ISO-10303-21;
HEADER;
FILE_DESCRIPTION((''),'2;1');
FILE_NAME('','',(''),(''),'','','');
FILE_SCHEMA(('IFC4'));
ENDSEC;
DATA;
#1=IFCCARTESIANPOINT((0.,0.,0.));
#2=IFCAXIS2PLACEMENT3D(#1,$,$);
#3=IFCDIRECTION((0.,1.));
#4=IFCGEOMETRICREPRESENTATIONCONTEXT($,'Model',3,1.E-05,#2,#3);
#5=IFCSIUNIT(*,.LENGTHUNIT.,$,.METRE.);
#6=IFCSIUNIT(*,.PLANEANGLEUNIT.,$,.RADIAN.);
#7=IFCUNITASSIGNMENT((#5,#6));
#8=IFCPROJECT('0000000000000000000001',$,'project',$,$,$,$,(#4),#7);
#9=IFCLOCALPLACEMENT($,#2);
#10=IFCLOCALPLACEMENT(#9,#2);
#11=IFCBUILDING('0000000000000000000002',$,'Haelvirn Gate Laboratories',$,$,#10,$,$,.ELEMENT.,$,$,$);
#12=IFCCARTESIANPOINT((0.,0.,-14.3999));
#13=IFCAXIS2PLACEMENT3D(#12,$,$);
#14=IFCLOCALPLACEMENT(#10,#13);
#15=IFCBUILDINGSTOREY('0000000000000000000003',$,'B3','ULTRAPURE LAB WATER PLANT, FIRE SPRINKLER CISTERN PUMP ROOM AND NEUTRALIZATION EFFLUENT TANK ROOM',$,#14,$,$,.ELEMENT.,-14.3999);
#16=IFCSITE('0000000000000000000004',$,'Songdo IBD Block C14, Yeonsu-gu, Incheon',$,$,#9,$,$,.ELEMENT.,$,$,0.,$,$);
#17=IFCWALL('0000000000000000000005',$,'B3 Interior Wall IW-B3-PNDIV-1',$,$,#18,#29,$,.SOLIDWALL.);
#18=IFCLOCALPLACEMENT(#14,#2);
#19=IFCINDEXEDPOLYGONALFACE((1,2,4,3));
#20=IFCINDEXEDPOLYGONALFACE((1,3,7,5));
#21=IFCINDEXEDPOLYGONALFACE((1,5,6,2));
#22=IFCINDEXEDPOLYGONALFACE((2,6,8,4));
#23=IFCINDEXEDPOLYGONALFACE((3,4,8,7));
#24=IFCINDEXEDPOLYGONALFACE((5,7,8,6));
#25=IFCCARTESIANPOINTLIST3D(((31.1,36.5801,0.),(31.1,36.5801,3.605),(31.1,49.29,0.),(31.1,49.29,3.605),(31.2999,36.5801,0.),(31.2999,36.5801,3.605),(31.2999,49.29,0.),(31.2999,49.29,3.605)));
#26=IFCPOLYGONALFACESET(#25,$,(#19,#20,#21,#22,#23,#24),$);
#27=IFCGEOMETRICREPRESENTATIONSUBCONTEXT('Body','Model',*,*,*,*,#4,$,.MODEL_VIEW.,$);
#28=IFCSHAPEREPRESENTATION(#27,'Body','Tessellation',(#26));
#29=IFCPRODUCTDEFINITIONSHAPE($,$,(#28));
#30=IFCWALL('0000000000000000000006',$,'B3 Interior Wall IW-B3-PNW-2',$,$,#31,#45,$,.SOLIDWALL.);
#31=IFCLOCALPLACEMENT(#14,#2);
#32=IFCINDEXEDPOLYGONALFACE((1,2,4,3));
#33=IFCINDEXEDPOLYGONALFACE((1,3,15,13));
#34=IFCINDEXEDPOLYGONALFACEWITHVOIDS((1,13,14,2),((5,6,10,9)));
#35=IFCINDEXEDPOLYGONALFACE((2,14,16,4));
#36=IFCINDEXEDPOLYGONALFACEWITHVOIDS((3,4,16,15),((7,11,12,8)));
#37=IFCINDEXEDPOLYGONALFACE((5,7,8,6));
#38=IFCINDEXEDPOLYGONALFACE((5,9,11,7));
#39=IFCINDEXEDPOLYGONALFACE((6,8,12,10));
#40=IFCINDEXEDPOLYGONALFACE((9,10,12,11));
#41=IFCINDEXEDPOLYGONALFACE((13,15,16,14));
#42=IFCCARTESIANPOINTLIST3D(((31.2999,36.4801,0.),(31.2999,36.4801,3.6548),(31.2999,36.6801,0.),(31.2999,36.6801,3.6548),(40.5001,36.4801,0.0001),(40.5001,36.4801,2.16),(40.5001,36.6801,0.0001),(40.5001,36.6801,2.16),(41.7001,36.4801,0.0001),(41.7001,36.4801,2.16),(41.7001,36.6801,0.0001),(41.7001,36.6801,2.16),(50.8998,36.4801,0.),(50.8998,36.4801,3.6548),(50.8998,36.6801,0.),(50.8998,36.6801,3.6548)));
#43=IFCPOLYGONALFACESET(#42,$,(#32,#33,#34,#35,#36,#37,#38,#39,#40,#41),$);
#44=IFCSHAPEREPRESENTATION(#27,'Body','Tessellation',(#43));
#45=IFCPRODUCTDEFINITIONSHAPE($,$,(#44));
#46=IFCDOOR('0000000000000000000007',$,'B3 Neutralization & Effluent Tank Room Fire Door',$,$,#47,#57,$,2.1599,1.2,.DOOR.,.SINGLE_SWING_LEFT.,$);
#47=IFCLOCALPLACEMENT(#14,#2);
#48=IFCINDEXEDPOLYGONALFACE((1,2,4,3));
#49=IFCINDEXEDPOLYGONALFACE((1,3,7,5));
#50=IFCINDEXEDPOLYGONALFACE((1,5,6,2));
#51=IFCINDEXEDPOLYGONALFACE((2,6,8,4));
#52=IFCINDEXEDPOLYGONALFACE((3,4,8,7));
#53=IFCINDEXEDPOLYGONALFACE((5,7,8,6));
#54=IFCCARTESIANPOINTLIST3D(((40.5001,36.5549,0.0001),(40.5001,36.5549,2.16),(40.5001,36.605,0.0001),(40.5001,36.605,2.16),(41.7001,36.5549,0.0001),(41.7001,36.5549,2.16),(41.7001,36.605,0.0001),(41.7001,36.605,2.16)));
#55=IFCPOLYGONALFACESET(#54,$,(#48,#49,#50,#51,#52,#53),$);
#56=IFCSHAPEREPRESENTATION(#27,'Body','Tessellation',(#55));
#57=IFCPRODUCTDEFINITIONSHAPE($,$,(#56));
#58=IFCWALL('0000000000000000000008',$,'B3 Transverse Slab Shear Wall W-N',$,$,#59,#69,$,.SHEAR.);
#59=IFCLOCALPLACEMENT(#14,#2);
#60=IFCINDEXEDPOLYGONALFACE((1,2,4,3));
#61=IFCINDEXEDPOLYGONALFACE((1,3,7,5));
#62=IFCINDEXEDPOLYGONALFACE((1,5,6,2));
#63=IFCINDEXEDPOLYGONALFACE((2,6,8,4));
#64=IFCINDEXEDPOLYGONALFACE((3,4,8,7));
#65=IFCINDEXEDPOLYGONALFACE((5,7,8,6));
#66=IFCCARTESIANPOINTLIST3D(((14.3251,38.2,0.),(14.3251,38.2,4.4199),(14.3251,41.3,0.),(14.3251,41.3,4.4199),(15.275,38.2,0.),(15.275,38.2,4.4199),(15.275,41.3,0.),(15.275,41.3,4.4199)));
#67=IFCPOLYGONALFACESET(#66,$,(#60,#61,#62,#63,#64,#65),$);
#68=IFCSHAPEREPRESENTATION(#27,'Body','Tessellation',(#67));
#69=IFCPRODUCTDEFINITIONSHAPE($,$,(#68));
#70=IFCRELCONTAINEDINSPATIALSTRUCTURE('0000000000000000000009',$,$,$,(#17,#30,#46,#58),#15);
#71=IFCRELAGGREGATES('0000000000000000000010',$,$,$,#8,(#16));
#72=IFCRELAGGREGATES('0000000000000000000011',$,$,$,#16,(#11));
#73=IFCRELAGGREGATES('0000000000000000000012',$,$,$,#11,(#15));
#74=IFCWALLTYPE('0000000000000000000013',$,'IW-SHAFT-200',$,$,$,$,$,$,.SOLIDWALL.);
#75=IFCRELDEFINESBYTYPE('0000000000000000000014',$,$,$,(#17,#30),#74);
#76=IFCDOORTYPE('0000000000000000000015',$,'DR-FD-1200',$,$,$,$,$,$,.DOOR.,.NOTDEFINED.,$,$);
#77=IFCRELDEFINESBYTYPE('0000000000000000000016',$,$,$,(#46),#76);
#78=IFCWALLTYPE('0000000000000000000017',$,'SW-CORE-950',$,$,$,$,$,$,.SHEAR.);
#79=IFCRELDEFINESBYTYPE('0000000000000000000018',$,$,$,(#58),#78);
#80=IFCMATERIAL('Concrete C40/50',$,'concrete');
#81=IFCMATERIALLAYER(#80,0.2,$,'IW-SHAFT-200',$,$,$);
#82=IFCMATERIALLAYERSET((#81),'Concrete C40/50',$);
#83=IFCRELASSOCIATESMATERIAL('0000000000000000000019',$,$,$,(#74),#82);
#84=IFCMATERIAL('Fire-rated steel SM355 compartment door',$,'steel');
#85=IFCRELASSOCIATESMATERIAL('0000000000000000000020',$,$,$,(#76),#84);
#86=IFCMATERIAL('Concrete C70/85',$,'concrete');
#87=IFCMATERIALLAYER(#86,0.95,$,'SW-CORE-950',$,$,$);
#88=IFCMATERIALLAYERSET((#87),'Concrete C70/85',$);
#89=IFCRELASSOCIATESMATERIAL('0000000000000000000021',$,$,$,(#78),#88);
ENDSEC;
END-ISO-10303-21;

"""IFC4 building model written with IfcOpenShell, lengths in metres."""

from ifc_helpers import new_model, si_unit, direction, frame, frame_2d, origin, place, context, subcontext, project, spatial, rectangle, extrude, source, transform, mapped, material, layer, layer_set, type_object, type_shapes, element, fill, save


model = new_model("IFC4")

# Units and contexts
model_context = context("Model", 3, precision=1e-05, world=origin(), true_north=direction((0.0, 1.0)))
body_context = subcontext(model_context, "Body", "Model", "MODEL_VIEW")
ifc_project = project(units=[si_unit("LENGTHUNIT", "METRE"), si_unit("PLANEANGLEUNIT", "RADIAN")], contexts=[model_context])

# Site, building, storey
site_placement = place(None, origin())
site = spatial("IfcSite", under=ifc_project, at=site_placement, Name="Songdo IBD Block C14, Yeonsu-gu, Incheon", CompositionType="ELEMENT", RefElevation=0.0)
building_placement = place(site_placement, origin())
building = spatial("IfcBuilding", under=site, at=building_placement, Name="Haelvirn Gate Laboratories", CompositionType="ELEMENT")
storey_placement = place(building_placement, frame((0.0, 0.0, -14.3999)))
storey = spatial("IfcBuildingStorey", under=building, at=storey_placement, Name="B3", Description="ULTRAPURE LAB WATER PLANT, FIRE SPRINKLER CISTERN PUMP ROOM AND NEUTRALIZATION EFFLUENT TANK ROOM", CompositionType="ELEMENT", Elevation=-14.3999)

# Shared definitions
ifc_material_1 = material(Name="Concrete C70/85", Category="concrete")

# Wall
ifc_material_2 = material(Name="Concrete C40/50", Category="concrete")
ifc_layer_1 = layer(ifc_material_2, 0.2, Name="IW-SHAFT-200")
ifc_layer_set_1 = layer_set([ifc_layer_1], Name="Concrete C40/50")
wall_type_1 = type_object("IfcWallType", Name="IW-SHAFT-200", PredefinedType="SOLIDWALL", material=ifc_layer_set_1)
wall_1_placement = place(storey_placement, frame((31.2, 36.5801, 0.0), z_axis=(0.0, 0.0, 1.0), x_axis=(0.0, 1.0, 0.0)))
element("IfcWall", 1, at=wall_1_placement, inside=storey, type_object=wall_type_1, Name="B3 Interior Wall IW-B3-PNDIV-1", PredefinedType="SOLIDWALL", context=body_context, shape_type="SweptSolid", body=[
    extrude(rectangle(XDim=12.71, YDim=0.2, at=frame_2d((6.355, 0.0))), origin(), (0.0, 0.0, 1.0), 3.605),
])

# Wall, opening, door
wall_2_placement = place(storey_placement, frame((31.3, 36.5801, 0.0), z_axis=(0.0, 0.0, 1.0), x_axis=(1.0, 0.0, 0.0)))
wall_2 = element("IfcWall", 2, at=wall_2_placement, inside=storey, type_object=wall_type_1, Name="B3 Interior Wall IW-B3-PNW-2", PredefinedType="SOLIDWALL", context=body_context, shape_type="SweptSolid", body=[
    extrude(rectangle(XDim=19.5999, YDim=0.2, at=frame_2d((9.7998, 0.0))), origin(), (0.0, 0.0, 1.0), 3.6548),
])
opening_placement = place(wall_2_placement, frame((9.2, 0.0, 0.0)))
opening = element("IfcOpeningElement", 3, at=opening_placement, cuts=wall_2, PredefinedType="OPENING", context=body_context, shape_type="SweptSolid", body=[
    extrude(rectangle(XDim=1.2, YDim=2.1599, at=frame_2d((0.6001, 1.0801))), frame((0.0, 0.1099, 0.0), z_axis=(0.0, -1.0, 0.0), x_axis=(1.0, 0.0, 0.0)), (0.0, 0.0, 1.0), 0.22),
])
ifc_material_3 = material(Name="Fire-rated steel SM355 compartment door", Category="steel")
door_type = type_object("IfcDoorType", Name="DR-FD-1200", OperationType="NOTDEFINED", PredefinedType="DOOR", material=ifc_material_3)
shared_shape_1 = source(origin(), body_context, "Body", "SweptSolid", [
    extrude(rectangle(XDim=1.2, YDim=2.1599, at=frame_2d((0.6001, 1.0801))), frame((0.0, 0.0249, 0.0), z_axis=(0.0, -1.0, 0.0), x_axis=(1.0, 0.0, 0.0)), (0.0, 0.0, 1.0), 0.05),
])
type_shapes(door_type, [shared_shape_1])
door_placement = place(opening_placement, origin())
door = element("IfcDoor", 4, at=door_placement, inside=storey, type_object=door_type, Name="B3 Neutralization & Effluent Tank Room Fire Door", OperationType="SINGLE_SWING_LEFT", OverallHeight=2.1599, OverallWidth=1.2, PredefinedType="DOOR", context=body_context, shape_type="MappedRepresentation", body=[
    mapped(shared_shape_1, transform((0.0, 0.0, 0.0), scale=1.0)),
])
fill(opening, door)

# Wall
ifc_layer_2 = layer(ifc_material_1, 0.95, Name="SW-CORE-950")
ifc_layer_set_2 = layer_set([ifc_layer_2], Name="Concrete C70/85")
wall_type_2 = type_object("IfcWallType", Name="SW-CORE-950", PredefinedType="SHEAR", material=ifc_layer_set_2)
wall_3_placement = place(storey_placement, frame((14.8, 38.2, 0.0), z_axis=(0.0, 0.0, 1.0), x_axis=(0.0, 1.0, 0.0)))
element("IfcWall", 5, at=wall_3_placement, inside=storey, type_object=wall_type_2, Name="B3 Transverse Slab Shear Wall W-N", PredefinedType="SHEAR", context=body_context, shape_type="SweptSolid", body=[
    extrude(rectangle(XDim=3.1001, YDim=0.95, at=frame_2d((1.55, 0.0))), origin(), (0.0, 0.0, 1.0), 4.4199),
])

save(model, "model.ifc")
